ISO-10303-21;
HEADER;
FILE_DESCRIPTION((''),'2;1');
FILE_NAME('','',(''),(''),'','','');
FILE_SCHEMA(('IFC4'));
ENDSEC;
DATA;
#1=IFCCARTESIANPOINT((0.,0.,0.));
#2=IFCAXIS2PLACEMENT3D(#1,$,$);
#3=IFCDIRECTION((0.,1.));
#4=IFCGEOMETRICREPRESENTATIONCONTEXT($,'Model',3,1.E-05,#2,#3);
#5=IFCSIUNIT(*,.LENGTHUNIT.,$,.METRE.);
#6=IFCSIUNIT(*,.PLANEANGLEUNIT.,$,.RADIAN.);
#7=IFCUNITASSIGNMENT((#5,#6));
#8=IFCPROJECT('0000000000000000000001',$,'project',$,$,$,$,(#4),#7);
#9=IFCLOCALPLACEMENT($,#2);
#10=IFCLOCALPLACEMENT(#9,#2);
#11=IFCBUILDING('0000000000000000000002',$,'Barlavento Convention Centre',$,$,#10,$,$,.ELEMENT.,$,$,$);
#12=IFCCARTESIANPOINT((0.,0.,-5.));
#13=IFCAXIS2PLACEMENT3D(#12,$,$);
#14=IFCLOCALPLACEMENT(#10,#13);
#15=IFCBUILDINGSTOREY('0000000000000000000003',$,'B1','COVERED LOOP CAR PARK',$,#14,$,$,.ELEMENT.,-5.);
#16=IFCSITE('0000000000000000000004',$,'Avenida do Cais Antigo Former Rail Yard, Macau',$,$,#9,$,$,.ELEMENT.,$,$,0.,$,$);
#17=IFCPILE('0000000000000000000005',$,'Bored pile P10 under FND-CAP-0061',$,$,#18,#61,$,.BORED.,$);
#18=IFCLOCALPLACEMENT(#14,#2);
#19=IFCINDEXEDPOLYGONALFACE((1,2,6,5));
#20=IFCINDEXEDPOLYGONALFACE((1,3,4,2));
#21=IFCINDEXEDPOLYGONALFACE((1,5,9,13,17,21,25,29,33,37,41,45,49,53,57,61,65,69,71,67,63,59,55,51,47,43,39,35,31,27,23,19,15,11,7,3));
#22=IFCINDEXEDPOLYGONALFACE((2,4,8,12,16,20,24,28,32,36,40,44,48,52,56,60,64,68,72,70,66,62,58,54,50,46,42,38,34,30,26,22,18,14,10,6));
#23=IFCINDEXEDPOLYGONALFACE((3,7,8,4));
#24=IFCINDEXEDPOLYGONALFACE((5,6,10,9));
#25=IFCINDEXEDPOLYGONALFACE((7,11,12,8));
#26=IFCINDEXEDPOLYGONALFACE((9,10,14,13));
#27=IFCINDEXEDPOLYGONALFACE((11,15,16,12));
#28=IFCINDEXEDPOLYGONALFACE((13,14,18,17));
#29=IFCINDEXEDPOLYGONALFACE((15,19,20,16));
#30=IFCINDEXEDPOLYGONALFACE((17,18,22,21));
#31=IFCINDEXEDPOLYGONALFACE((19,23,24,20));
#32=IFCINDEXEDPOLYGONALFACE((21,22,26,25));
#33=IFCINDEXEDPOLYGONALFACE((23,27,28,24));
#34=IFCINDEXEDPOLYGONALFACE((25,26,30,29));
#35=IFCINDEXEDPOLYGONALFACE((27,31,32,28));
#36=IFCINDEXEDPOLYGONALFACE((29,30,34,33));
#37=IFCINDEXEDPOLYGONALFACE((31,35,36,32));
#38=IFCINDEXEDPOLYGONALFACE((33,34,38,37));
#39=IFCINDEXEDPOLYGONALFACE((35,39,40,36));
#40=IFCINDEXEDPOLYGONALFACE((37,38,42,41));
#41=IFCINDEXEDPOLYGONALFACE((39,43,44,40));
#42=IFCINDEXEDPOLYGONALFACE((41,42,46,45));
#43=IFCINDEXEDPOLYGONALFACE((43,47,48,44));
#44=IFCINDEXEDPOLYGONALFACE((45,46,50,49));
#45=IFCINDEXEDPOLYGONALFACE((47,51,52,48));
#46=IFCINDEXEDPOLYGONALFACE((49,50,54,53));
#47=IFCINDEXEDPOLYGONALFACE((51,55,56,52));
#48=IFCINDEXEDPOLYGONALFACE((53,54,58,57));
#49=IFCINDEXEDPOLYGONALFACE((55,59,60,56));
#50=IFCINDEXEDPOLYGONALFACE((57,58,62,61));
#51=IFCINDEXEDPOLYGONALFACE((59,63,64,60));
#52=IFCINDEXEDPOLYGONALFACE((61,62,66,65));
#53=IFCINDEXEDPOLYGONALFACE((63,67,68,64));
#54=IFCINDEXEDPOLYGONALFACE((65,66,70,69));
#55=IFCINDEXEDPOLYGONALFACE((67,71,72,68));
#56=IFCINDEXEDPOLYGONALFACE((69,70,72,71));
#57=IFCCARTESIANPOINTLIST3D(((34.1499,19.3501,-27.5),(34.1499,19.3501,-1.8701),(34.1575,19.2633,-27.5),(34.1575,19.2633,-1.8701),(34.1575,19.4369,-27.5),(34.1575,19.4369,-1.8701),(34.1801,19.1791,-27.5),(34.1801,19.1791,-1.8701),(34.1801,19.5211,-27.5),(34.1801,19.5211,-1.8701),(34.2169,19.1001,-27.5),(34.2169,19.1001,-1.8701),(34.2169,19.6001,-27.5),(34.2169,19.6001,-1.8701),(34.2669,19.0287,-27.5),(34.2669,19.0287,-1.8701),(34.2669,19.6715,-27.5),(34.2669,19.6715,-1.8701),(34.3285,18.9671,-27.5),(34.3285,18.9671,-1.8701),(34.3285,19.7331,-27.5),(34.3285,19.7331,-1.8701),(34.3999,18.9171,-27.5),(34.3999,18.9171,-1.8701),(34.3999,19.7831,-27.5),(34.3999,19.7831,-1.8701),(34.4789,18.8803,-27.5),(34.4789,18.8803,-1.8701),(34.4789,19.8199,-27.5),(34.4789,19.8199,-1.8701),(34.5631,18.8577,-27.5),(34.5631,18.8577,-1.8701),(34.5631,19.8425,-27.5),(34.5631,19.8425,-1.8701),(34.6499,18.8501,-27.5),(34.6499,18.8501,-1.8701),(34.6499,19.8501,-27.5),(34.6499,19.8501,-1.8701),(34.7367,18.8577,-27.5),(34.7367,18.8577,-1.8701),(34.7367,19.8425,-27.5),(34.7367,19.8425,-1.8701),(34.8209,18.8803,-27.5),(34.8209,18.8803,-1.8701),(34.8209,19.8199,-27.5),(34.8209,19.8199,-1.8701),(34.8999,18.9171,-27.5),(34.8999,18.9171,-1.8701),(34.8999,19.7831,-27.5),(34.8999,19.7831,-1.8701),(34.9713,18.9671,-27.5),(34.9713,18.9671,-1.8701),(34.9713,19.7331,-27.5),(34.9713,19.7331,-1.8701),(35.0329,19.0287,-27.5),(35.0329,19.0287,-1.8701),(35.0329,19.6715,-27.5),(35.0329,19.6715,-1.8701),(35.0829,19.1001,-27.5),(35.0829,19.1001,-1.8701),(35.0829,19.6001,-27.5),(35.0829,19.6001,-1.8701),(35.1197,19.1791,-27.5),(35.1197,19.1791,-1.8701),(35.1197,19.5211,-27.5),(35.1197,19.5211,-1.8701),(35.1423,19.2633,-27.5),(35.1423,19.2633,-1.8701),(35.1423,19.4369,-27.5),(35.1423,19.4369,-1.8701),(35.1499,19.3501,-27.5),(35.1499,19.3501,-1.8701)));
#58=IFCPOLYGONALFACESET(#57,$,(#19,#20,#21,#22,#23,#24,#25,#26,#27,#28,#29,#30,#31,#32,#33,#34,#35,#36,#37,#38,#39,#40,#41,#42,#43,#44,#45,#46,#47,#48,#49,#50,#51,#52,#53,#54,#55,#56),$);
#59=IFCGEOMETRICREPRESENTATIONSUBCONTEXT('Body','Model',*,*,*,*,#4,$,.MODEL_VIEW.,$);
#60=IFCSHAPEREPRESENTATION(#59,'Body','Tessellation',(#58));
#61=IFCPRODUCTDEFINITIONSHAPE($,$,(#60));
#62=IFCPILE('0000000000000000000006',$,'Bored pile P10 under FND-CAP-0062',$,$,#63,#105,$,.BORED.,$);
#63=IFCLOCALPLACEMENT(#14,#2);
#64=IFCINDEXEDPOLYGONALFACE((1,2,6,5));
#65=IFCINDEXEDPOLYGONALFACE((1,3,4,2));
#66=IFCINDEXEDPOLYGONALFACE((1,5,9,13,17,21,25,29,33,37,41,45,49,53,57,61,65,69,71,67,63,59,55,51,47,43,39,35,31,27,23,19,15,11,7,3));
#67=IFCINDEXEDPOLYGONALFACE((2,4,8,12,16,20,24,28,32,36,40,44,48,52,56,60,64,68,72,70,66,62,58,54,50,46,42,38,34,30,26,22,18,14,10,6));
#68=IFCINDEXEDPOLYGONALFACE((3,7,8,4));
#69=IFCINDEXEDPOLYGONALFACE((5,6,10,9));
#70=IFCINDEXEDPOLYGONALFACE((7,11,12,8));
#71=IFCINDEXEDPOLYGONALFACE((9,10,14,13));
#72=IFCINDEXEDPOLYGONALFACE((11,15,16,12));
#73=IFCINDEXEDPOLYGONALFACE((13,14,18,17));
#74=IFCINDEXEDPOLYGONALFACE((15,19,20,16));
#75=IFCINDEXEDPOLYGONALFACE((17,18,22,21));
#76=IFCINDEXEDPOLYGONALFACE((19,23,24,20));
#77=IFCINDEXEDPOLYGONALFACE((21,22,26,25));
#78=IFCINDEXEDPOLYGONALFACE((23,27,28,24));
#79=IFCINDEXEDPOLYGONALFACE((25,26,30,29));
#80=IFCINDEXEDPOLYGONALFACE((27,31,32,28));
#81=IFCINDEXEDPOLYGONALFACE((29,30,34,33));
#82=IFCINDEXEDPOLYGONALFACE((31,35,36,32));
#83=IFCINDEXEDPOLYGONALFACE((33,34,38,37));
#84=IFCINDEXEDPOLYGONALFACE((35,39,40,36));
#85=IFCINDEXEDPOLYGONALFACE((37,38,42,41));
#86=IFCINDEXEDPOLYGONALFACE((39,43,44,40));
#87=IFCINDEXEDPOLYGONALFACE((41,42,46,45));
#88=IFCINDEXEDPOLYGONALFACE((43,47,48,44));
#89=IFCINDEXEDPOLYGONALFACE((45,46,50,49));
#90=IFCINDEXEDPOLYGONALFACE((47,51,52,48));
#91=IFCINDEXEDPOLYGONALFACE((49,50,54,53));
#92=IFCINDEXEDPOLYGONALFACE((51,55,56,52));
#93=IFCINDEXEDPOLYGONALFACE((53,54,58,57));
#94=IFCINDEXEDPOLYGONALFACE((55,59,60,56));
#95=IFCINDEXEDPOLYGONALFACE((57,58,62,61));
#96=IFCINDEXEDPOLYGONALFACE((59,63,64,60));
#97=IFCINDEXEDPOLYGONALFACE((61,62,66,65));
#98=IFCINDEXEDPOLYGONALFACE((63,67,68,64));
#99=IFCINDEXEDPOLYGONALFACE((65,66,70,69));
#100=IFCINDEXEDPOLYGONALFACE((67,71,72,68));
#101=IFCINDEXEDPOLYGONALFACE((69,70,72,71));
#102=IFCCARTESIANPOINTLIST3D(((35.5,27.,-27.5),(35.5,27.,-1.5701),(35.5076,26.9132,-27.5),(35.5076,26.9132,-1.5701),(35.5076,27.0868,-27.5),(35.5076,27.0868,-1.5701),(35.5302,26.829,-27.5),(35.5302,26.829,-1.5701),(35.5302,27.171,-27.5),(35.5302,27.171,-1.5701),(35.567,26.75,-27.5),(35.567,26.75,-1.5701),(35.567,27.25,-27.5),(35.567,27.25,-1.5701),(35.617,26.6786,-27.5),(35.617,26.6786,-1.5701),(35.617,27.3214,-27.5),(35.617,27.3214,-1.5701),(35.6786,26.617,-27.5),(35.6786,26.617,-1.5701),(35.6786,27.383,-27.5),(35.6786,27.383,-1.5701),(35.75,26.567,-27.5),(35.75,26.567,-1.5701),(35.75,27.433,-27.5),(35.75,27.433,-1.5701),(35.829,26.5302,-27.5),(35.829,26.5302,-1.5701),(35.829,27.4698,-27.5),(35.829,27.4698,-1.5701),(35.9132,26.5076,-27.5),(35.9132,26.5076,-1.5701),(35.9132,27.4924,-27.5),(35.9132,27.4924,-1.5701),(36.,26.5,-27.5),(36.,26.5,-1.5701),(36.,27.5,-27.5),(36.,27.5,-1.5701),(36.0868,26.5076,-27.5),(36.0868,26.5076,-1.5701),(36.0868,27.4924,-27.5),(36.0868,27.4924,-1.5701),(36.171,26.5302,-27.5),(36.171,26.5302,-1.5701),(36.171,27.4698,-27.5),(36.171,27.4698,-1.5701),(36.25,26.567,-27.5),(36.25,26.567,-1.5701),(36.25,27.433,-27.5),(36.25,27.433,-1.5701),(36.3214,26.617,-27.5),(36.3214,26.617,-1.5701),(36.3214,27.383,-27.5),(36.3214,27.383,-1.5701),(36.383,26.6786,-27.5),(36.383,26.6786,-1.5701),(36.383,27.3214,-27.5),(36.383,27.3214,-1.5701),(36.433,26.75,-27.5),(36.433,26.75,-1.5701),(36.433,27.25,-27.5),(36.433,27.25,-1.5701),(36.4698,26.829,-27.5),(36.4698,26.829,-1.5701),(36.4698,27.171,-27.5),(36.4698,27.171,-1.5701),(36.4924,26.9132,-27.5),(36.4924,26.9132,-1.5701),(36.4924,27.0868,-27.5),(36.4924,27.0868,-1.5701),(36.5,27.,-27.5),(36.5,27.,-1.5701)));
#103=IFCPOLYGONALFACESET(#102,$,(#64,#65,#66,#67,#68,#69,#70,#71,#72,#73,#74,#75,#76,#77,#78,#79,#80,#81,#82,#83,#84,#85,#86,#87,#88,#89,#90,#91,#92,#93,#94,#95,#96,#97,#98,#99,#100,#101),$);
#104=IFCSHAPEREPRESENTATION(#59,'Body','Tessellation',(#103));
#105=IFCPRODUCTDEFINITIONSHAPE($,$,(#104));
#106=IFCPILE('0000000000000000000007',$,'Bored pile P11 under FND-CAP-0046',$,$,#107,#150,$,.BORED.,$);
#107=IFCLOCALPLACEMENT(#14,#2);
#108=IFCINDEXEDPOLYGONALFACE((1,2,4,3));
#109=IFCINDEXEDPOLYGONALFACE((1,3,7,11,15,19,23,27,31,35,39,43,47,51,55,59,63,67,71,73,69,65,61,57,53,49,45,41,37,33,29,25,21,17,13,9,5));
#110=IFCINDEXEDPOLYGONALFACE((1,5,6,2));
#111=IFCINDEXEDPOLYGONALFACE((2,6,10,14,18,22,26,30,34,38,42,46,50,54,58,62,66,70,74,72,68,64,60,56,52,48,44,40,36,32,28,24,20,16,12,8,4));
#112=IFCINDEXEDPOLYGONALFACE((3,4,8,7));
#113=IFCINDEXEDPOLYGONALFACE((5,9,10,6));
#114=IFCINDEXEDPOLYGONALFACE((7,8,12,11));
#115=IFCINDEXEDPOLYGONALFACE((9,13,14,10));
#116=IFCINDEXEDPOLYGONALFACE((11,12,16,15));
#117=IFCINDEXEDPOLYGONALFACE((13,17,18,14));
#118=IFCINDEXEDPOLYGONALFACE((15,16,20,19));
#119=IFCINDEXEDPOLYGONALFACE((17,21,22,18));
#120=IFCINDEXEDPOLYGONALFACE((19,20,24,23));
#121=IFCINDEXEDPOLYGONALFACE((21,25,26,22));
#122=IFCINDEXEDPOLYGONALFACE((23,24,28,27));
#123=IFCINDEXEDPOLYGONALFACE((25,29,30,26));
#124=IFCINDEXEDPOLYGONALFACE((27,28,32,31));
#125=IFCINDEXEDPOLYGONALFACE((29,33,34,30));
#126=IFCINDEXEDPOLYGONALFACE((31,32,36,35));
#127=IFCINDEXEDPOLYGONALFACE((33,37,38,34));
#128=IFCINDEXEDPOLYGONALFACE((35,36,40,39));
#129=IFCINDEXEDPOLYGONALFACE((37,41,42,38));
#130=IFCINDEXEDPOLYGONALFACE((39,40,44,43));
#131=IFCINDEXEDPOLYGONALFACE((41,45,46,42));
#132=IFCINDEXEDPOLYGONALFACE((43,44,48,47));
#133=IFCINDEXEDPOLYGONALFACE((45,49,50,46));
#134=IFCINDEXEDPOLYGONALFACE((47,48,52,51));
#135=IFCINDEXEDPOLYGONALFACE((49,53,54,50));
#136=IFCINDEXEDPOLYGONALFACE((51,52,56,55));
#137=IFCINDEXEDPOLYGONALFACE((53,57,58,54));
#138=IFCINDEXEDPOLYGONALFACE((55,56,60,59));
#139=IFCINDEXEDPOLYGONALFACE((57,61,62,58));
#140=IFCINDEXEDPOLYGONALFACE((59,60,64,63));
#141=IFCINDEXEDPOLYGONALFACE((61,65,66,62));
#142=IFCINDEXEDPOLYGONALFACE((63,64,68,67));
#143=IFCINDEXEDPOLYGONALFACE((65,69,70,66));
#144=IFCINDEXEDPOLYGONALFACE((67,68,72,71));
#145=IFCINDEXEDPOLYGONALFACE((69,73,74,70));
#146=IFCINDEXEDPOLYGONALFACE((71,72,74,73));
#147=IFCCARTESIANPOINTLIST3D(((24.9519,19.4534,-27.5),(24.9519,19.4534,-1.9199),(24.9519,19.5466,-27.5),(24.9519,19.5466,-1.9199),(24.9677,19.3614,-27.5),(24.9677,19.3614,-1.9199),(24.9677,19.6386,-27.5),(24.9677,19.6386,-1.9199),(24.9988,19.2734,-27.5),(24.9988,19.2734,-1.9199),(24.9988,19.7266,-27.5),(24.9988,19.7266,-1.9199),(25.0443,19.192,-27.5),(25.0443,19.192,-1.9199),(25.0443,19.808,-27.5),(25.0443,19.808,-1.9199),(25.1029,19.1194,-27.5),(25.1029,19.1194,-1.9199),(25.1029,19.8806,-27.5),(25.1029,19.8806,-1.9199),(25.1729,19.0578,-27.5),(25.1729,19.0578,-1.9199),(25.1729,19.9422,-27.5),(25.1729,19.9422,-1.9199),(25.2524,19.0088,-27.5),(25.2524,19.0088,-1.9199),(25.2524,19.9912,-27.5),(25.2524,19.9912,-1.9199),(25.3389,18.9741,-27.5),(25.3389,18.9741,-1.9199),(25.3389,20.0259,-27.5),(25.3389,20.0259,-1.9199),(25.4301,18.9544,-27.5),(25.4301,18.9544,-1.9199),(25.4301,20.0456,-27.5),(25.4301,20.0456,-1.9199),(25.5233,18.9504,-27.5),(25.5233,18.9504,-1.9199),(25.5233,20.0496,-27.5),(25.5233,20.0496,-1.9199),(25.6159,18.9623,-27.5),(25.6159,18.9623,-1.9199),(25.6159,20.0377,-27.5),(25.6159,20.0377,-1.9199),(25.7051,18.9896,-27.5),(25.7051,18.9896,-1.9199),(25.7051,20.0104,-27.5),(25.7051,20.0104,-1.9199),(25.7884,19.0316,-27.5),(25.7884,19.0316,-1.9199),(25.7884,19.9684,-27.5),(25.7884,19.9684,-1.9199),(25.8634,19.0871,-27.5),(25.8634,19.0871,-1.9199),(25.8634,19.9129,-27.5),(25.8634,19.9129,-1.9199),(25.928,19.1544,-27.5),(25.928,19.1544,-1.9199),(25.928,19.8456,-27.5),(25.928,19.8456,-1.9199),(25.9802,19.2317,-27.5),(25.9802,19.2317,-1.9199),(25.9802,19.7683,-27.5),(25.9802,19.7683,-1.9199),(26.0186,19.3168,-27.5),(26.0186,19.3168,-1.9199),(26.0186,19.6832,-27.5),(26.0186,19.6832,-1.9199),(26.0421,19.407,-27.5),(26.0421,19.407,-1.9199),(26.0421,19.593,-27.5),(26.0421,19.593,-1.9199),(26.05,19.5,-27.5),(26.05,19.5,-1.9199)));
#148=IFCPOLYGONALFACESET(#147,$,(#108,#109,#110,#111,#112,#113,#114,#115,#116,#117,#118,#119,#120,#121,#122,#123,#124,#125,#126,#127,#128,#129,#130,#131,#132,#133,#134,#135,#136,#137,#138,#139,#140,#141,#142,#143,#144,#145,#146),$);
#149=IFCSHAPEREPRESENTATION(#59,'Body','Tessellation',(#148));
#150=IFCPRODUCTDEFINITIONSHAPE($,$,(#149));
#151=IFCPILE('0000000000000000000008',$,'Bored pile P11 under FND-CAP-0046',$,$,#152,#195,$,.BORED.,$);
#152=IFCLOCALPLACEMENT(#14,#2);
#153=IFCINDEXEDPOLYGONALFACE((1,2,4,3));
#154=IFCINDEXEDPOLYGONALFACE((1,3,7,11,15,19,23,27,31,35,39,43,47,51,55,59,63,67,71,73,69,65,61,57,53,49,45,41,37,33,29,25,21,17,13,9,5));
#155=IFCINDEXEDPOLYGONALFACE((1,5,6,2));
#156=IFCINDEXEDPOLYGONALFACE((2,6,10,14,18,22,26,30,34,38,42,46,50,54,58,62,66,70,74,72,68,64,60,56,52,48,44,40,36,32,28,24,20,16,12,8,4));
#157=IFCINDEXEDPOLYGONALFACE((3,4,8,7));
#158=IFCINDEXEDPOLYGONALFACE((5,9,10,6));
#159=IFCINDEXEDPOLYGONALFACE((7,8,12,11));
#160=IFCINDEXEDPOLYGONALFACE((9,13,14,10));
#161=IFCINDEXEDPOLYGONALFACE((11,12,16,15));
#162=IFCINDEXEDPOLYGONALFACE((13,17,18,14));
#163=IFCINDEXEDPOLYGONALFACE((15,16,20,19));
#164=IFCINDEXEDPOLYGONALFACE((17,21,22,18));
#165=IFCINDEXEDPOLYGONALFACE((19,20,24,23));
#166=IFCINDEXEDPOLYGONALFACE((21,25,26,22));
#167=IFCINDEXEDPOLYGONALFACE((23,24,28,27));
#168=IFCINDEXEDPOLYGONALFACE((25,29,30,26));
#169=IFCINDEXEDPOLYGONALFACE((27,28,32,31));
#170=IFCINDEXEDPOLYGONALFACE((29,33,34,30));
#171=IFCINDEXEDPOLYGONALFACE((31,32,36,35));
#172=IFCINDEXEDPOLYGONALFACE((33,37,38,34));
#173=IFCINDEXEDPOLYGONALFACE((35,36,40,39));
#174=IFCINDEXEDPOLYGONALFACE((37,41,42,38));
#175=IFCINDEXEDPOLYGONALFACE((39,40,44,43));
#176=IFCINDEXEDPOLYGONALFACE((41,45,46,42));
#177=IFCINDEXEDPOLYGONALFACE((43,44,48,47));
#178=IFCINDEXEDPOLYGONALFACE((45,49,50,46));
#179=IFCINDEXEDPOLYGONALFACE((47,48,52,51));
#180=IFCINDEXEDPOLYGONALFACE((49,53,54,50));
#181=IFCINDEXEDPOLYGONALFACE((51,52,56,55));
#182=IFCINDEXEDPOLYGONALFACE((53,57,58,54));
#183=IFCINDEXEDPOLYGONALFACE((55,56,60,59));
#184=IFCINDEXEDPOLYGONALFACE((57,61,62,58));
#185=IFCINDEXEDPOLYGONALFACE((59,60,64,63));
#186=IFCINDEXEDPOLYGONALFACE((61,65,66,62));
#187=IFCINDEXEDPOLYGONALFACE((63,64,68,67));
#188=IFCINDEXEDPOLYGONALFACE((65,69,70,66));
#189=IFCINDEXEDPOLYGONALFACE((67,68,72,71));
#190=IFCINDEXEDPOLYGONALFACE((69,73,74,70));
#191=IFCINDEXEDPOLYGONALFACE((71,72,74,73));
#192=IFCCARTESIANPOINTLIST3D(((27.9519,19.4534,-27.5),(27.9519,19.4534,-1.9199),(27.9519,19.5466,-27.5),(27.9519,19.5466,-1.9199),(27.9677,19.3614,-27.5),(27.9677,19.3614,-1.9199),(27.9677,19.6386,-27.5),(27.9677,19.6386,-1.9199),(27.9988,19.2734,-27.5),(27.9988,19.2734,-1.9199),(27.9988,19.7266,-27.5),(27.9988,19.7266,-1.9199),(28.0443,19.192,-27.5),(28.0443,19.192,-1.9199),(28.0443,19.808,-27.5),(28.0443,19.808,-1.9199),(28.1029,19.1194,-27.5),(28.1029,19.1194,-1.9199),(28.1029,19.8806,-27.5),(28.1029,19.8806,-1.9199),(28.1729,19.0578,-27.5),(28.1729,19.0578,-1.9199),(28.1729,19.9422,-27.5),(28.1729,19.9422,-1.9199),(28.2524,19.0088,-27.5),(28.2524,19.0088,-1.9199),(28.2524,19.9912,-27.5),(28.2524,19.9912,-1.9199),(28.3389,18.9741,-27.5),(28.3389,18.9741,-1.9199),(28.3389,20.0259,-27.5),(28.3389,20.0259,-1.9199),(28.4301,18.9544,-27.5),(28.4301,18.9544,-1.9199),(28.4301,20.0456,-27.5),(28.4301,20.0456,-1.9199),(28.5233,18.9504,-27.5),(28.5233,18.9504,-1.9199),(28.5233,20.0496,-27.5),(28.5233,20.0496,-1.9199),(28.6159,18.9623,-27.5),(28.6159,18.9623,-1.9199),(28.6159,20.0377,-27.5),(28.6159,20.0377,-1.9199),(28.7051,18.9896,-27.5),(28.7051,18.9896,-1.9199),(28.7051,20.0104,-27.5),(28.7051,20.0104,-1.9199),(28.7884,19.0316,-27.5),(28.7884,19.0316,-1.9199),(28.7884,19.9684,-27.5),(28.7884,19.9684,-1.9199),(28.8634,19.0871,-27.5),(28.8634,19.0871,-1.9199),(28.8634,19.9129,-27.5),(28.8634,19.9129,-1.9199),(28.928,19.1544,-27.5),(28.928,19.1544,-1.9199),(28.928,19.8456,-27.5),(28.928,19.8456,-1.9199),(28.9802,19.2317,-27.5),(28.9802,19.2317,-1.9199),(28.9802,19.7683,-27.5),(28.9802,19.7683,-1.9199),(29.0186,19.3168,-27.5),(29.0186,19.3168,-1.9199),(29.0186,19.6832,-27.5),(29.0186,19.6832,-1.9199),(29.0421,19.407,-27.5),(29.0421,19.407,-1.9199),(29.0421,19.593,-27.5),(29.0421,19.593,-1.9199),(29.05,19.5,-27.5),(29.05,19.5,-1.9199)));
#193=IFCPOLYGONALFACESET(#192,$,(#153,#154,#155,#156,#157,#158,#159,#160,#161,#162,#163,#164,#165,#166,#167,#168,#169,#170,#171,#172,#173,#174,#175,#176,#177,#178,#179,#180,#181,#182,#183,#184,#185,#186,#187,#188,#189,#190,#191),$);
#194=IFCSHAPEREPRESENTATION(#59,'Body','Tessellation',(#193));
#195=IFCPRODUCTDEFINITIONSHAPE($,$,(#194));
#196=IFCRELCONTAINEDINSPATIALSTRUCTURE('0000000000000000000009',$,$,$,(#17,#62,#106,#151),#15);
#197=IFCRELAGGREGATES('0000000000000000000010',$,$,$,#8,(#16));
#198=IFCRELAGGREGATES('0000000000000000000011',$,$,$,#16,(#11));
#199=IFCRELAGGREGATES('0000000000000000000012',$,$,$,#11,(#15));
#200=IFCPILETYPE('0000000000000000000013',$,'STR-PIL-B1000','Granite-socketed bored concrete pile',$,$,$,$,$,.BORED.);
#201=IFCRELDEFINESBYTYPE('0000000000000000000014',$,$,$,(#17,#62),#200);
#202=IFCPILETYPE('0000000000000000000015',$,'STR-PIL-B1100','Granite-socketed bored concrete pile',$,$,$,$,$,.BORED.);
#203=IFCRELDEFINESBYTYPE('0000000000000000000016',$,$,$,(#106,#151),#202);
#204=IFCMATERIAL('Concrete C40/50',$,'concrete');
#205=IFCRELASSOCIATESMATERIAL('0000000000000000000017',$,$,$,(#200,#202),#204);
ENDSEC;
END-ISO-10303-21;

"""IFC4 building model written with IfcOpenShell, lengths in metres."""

from ifc_helpers import new_model, si_unit, direction, frame, origin, origin_2d, place, context, subcontext, project, spatial, circle, extrude, material, material_profile, profile_set, type_object, element, save


model = new_model("IFC4")

# Units and contexts
model_context = context("Model", 3, precision=1e-05, world=origin(), true_north=direction((0.0, 1.0)))
body_context = subcontext(model_context, "Body", "Model", "MODEL_VIEW")
ifc_project = project(units=[si_unit("LENGTHUNIT", "METRE"), si_unit("PLANEANGLEUNIT", "RADIAN")], contexts=[model_context])

# Site, building, storey
site_placement = place(None, origin())
site = spatial("IfcSite", under=ifc_project, at=site_placement, Name="Avenida do Cais Antigo Former Rail Yard, Macau", CompositionType="ELEMENT", RefElevation=0.0)
building_placement = place(site_placement, origin())
building = spatial("IfcBuilding", under=site, at=building_placement, Name="Barlavento Convention Centre", CompositionType="ELEMENT")
storey_placement = place(building_placement, frame((0.0, 0.0, -5.0)))
storey = spatial("IfcBuildingStorey", under=building, at=storey_placement, Name="B1", Description="COVERED LOOP CAR PARK", CompositionType="ELEMENT", Elevation=-5.0)

# Shared definitions
ifc_material_1 = material(Name="Concrete C40/50", Category="concrete")

# Piles
ifc_material_profile_1 = material_profile(ifc_material_1, circle(Radius=0.5, at=origin_2d()), Name="BORED PILE 1000")
ifc_profile_set_1 = profile_set([ifc_material_profile_1], Name="Concrete C40/50")
pile_type_1 = type_object("IfcPileType", Name="STR-PIL-B1000", Description="Granite-socketed bored concrete pile", PredefinedType="BORED", material=ifc_profile_set_1)
pile_1_placement = place(storey_placement, frame((34.6499, 19.3501, -1.8701), z_axis=(0.0, 0.0, -1.0), x_axis=(1.0, 0.0, 0.0)))
element("IfcPile", 1, at=pile_1_placement, inside=storey, type_object=pile_type_1, Name="Bored pile P10 under FND-CAP-0061", PredefinedType="BORED", context=body_context, shape_type="SweptSolid", body=[
    extrude(circle(Radius=0.5, at=origin_2d()), origin(), (0.0, 0.0, 1.0), 25.6299),
])
pile_2_placement = place(storey_placement, frame((36.0, 27.0, -1.5701), z_axis=(0.0, 0.0, -1.0), x_axis=(1.0, 0.0, 0.0)))
element("IfcPile", 2, at=pile_2_placement, inside=storey, type_object=pile_type_1, Name="Bored pile P10 under FND-CAP-0062", PredefinedType="BORED", context=body_context, shape_type="SweptSolid", body=[
    extrude(circle(Radius=0.5, at=origin_2d()), origin(), (0.0, 0.0, 1.0), 25.9299),
])
ifc_material_profile_2 = material_profile(ifc_material_1, circle(Radius=0.55, at=origin_2d()), Name="BORED PILE 1100")
ifc_profile_set_2 = profile_set([ifc_material_profile_2], Name="Concrete C40/50")
pile_type_2 = type_object("IfcPileType", Name="STR-PIL-B1100", Description="Granite-socketed bored concrete pile", PredefinedType="BORED", material=ifc_profile_set_2)
for number, where, z_axis, x_axis, name in (
    (3, (25.5, 19.5, -1.9199), (0.0, 0.0, -1.0), (1.0, 0.0, 0.0), "Bored pile P11 under FND-CAP-0046"),
    (4, (28.5, 19.5, -1.9199), (0.0, 0.0, -1.0), (1.0, 0.0, 0.0), "Bored pile P11 under FND-CAP-0046"),
):
    element("IfcPile", number, at=place(storey_placement, frame(where, z_axis=z_axis, x_axis=x_axis)), inside=storey, type_object=pile_type_2, Name=name, PredefinedType="BORED", context=body_context, shape_type="SweptSolid", body=[
        extrude(circle(Radius=0.55, at=origin_2d()), origin(), (0.0, 0.0, 1.0), 25.5801),
    ])

save(model, "model.ifc")
